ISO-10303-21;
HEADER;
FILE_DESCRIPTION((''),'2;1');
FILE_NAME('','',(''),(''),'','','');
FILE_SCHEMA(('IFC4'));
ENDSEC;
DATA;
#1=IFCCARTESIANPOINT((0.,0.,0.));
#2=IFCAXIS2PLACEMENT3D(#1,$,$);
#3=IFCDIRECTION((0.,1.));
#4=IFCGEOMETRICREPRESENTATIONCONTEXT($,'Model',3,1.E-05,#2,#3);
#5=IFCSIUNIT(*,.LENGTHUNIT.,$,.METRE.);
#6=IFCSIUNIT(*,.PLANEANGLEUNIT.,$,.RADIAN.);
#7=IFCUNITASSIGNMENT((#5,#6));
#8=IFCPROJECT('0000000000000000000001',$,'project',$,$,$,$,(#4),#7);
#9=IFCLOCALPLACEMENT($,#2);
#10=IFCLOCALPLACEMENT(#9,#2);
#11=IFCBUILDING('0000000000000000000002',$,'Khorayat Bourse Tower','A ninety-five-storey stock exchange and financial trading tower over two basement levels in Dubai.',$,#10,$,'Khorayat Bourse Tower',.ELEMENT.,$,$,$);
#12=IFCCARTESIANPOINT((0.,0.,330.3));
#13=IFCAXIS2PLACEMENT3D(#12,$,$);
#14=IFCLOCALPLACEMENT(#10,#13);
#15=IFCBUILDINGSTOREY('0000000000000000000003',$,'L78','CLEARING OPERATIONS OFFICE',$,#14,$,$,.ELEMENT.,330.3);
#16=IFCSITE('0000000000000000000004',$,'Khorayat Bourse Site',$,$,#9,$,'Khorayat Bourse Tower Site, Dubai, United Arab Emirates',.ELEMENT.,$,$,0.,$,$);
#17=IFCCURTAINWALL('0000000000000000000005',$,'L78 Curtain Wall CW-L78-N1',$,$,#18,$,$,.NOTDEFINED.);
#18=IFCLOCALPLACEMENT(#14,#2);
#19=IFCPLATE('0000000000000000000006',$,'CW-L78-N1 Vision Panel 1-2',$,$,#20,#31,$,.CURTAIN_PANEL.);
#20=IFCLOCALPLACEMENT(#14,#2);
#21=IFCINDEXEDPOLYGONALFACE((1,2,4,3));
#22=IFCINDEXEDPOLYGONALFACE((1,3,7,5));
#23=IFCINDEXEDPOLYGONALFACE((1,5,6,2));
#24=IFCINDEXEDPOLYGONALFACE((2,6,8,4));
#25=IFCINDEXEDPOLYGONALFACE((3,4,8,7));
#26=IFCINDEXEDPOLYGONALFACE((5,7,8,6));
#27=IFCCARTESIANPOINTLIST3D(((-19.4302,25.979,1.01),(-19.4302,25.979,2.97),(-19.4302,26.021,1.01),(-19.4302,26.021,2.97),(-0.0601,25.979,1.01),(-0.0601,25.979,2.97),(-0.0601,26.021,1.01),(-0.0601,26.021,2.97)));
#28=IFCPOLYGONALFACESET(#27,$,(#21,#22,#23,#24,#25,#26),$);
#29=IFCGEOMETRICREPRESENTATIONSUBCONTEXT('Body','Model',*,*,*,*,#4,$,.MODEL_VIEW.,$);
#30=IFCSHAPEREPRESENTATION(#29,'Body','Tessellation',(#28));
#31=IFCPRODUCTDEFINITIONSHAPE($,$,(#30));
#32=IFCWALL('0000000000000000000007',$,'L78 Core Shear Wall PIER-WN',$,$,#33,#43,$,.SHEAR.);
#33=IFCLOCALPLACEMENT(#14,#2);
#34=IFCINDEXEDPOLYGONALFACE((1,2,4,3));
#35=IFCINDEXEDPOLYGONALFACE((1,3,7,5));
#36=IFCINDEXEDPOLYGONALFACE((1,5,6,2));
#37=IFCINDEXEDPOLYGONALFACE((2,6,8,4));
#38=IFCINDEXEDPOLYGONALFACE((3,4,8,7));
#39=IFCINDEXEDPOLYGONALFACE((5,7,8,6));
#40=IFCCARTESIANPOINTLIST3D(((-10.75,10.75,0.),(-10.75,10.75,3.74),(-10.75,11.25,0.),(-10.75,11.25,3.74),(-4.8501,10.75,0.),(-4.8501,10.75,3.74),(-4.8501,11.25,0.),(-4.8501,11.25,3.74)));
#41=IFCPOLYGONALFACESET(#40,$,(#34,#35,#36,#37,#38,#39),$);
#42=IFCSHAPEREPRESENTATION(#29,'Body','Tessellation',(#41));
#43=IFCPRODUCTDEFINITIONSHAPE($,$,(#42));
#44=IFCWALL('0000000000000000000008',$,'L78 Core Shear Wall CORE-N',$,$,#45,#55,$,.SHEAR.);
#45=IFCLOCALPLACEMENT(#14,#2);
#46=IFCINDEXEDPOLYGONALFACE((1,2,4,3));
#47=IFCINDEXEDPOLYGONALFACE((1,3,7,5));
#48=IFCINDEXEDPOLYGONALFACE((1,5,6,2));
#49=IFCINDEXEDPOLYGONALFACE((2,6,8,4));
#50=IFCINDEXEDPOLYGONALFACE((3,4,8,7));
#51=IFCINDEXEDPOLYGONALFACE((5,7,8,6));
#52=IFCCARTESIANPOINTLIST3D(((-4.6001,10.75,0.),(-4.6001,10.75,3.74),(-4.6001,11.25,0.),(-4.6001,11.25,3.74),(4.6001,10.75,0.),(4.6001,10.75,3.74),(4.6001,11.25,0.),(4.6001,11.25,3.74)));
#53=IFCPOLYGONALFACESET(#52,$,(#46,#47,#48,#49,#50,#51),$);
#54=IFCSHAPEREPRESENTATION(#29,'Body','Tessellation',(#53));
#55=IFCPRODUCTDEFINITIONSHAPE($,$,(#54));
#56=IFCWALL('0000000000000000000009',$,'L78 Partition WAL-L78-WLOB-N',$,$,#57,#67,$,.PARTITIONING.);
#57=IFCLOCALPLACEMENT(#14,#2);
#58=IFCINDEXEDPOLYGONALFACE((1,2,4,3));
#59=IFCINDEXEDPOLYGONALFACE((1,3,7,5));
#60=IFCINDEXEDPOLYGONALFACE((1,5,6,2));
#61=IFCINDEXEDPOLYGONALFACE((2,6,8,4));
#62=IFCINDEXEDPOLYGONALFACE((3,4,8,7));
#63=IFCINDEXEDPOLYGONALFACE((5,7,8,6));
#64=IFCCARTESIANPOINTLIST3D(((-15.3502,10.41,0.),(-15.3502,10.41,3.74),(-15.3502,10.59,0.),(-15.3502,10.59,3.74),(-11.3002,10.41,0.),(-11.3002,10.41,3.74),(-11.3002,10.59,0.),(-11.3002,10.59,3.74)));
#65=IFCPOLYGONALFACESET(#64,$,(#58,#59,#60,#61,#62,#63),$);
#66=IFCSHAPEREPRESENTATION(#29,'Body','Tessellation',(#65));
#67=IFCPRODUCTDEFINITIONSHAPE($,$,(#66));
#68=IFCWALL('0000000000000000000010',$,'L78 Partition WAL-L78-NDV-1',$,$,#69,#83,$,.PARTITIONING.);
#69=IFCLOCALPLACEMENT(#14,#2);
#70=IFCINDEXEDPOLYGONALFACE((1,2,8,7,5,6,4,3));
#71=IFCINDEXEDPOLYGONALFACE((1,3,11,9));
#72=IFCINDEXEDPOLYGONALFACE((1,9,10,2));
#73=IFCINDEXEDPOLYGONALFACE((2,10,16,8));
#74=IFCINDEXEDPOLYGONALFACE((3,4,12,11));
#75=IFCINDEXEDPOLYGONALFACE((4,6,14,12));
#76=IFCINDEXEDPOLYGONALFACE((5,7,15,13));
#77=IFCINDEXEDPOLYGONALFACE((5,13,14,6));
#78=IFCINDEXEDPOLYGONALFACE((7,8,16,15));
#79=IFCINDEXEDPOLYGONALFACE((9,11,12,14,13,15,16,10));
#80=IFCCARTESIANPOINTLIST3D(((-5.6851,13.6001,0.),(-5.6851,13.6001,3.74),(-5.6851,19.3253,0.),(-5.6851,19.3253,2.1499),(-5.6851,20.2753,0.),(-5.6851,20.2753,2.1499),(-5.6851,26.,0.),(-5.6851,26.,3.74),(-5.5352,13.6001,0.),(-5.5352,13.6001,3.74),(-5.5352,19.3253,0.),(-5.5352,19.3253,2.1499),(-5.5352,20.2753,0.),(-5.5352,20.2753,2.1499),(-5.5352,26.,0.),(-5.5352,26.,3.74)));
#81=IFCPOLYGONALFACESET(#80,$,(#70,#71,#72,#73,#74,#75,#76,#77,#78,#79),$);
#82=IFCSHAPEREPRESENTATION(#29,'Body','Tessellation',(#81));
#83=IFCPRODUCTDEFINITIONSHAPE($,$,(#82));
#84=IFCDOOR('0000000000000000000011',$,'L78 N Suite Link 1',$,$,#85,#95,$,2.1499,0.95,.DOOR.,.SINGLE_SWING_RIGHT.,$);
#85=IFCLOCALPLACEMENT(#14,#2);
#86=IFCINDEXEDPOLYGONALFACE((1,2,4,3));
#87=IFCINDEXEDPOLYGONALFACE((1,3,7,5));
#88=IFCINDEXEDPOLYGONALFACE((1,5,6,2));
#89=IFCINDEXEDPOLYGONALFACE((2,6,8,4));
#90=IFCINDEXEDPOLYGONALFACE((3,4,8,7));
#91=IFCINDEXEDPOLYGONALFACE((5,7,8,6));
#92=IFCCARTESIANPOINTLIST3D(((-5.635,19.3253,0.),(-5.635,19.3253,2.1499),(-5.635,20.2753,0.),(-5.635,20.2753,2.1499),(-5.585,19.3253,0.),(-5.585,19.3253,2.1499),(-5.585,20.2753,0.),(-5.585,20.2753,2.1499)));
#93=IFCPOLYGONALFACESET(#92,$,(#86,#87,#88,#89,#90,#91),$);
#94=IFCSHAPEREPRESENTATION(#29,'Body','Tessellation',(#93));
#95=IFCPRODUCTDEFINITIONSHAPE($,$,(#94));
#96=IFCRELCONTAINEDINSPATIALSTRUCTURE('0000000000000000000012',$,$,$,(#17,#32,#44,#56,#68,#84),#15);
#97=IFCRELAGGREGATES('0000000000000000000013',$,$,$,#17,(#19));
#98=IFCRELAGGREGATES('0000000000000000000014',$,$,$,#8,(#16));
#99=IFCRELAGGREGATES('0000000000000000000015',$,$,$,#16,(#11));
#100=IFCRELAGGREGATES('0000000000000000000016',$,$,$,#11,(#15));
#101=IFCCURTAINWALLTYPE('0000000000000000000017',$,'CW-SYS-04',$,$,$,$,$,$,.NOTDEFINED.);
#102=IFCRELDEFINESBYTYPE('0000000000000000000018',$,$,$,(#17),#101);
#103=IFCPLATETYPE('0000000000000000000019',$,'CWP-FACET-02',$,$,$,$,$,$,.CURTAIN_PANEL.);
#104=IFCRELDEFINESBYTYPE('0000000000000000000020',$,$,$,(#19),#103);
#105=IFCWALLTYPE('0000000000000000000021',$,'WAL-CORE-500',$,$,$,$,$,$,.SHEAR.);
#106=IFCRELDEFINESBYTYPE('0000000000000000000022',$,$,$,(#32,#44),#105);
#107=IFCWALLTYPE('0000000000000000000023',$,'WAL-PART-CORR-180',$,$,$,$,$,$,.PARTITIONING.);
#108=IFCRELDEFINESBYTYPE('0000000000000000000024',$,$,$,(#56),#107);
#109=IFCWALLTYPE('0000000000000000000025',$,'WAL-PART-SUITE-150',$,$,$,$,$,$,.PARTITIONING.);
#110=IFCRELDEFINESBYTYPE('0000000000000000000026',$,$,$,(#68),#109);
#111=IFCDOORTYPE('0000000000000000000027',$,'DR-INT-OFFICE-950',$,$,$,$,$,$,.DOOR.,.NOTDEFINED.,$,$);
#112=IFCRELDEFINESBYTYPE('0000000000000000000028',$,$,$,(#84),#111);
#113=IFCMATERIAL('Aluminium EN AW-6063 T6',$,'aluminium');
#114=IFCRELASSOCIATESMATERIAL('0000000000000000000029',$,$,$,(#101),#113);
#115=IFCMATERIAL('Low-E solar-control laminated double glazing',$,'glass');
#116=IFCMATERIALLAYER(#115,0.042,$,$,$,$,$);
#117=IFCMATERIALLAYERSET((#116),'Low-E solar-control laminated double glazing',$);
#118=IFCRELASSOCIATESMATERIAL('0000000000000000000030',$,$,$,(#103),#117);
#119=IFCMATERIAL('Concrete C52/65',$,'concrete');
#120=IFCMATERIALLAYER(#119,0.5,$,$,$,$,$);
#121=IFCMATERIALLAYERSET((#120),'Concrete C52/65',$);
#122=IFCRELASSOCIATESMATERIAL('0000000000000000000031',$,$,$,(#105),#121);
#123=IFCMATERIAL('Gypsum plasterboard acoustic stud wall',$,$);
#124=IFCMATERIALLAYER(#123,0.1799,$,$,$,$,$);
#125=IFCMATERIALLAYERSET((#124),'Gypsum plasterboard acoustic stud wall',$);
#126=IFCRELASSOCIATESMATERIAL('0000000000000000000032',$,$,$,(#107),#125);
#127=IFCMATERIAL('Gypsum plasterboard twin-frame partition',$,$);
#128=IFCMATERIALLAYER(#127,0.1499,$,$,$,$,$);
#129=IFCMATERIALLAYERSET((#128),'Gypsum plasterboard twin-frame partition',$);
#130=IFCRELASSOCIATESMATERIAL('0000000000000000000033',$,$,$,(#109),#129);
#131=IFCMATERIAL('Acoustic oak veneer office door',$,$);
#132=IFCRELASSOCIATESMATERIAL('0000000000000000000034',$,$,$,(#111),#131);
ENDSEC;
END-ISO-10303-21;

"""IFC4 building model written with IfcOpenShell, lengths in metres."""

from ifc_helpers import new_model, si_unit, direction, frame, frame_2d, origin, origin_2d, place, context, subcontext, project, spatial, rectangle, extrude, source, transform, mapped, material, layer, layer_set, type_object, element, fill, aggregate, save


model = new_model("IFC4")

# Units and contexts
model_context = context("Model", 3, precision=1e-05, world=origin(), true_north=direction((0.0, 1.0)))
body_context = subcontext(model_context, "Body", "Model", "MODEL_VIEW")
ifc_project = project(units=[si_unit("LENGTHUNIT", "METRE"), si_unit("PLANEANGLEUNIT", "RADIAN")], contexts=[model_context])

# Site, building, storey
site_placement = place(None, origin())
site = spatial("IfcSite", under=ifc_project, at=site_placement, Name="Khorayat Bourse Site", LongName="Khorayat Bourse Tower Site, Dubai, United Arab Emirates", CompositionType="ELEMENT", RefElevation=0.0)
building_placement = place(site_placement, origin())
building = spatial("IfcBuilding", under=site, at=building_placement, Name="Khorayat Bourse Tower", Description="A ninety-five-storey stock exchange and financial trading tower over two basement levels in Dubai.", LongName="Khorayat Bourse Tower", CompositionType="ELEMENT")
storey_placement = place(building_placement, frame((0.0, 0.0, 330.3)))
storey = spatial("IfcBuildingStorey", under=building, at=storey_placement, Name="L78", Description="CLEARING OPERATIONS OFFICE", CompositionType="ELEMENT", Elevation=330.3)

# Shared definitions
ifc_material_1 = material(Name="Concrete C52/65", Category="concrete")

# Curtain wall
ifc_material_2 = material(Name="Aluminium EN AW-6063 T6", Category="aluminium")
curtain_wall_type = type_object("IfcCurtainWallType", Name="CW-SYS-04", PredefinedType="NOTDEFINED", material=ifc_material_2)
curtain_wall_placement = place(storey_placement, origin())
curtain_wall = element("IfcCurtainWall", 1, at=curtain_wall_placement, inside=storey, type_object=curtain_wall_type, Name="L78 Curtain Wall CW-L78-N1", PredefinedType="NOTDEFINED")

# Plate
ifc_material_3 = material(Name="Low-E solar-control laminated double glazing", Category="glass")
ifc_layer_1 = layer(ifc_material_3, 0.042)
ifc_layer_set_1 = layer_set([ifc_layer_1], Name="Low-E solar-control laminated double glazing")
plate_type_1 = type_object("IfcPlateType", Name="CWP-FACET-02", PredefinedType="CURTAIN_PANEL", material=ifc_layer_set_1)
shared_shape_1 = source(origin(), body_context, "Body", "SweptSolid", [
    extrude(rectangle(XDim=19.3701, YDim=0.042, at=origin_2d()), origin(), (0.0, 0.0, 1.0), 1.96),
])
plate_1_placement = place(storey_placement, frame((-9.7451, 26.0, 1.01), z_axis=(0.0, 0.0, 1.0), x_axis=(1.0, 0.0, 0.0)))
plate_1 = element("IfcPlate", 2, at=plate_1_placement, type_object=plate_type_1, Name="CW-L78-N1 Vision Panel 1-2", PredefinedType="CURTAIN_PANEL", context=body_context, shape_type="MappedRepresentation", body=[
    mapped(shared_shape_1, transform((0.0, 0.0, 0.0), scale=1.0)),
])
aggregate(curtain_wall, [plate_1])

# Walls
ifc_layer_2 = layer(ifc_material_1, 0.5)
ifc_layer_set_2 = layer_set([ifc_layer_2], Name="Concrete C52/65")
wall_type_1 = type_object("IfcWallType", Name="WAL-CORE-500", PredefinedType="SHEAR", material=ifc_layer_set_2)
shared_shape_2 = source(origin(), body_context, "Body", "SweptSolid", [
    extrude(rectangle(XDim=5.8999, YDim=0.5, at=frame_2d((2.95, 0.0))), origin(), (0.0, 0.0, 1.0), 3.74),
])
wall_1_placement = place(storey_placement, frame((-10.75, 11.0, 0.0), z_axis=(0.0, 0.0, 1.0), x_axis=(1.0, 0.0, 0.0)))
element("IfcWall", 3, at=wall_1_placement, inside=storey, type_object=wall_type_1, Name="L78 Core Shear Wall PIER-WN", PredefinedType="SHEAR", context=body_context, shape_type="MappedRepresentation", body=[
    mapped(shared_shape_2, transform((0.0, 0.0, 0.0), scale=1.0)),
])
shared_shape_3 = source(origin(), body_context, "Body", "SweptSolid", [
    extrude(rectangle(XDim=9.2002, YDim=0.5, at=frame_2d((4.6001, 0.0))), origin(), (0.0, 0.0, 1.0), 3.74),
])
wall_2_placement = place(storey_placement, frame((-4.6001, 11.0, 0.0), z_axis=(0.0, 0.0, 1.0), x_axis=(1.0, 0.0, 0.0)))
element("IfcWall", 4, at=wall_2_placement, inside=storey, type_object=wall_type_1, Name="L78 Core Shear Wall CORE-N", PredefinedType="SHEAR", context=body_context, shape_type="MappedRepresentation", body=[
    mapped(shared_shape_3, transform((0.0, 0.0, 0.0), scale=1.0)),
])
ifc_material_4 = material(Name="Gypsum plasterboard acoustic stud wall")
ifc_layer_3 = layer(ifc_material_4, 0.1799)
ifc_layer_set_3 = layer_set([ifc_layer_3], Name="Gypsum plasterboard acoustic stud wall")
wall_type_2 = type_object("IfcWallType", Name="WAL-PART-CORR-180", PredefinedType="PARTITIONING", material=ifc_layer_set_3)
shared_shape_4 = source(origin(), body_context, "Body", "SweptSolid", [
    extrude(rectangle(XDim=4.05, YDim=0.1799, at=frame_2d((2.0249, 0.0))), origin(), (0.0, 0.0, 1.0), 3.74),
])
wall_3_placement = place(storey_placement, frame((-15.3501, 10.5, 0.0), z_axis=(0.0, 0.0, 1.0), x_axis=(1.0, 0.0, 0.0)))
element("IfcWall", 5, at=wall_3_placement, inside=storey, type_object=wall_type_2, Name="L78 Partition WAL-L78-WLOB-N", PredefinedType="PARTITIONING", context=body_context, shape_type="MappedRepresentation", body=[
    mapped(shared_shape_4, transform((0.0, 0.0, 0.0), scale=1.0)),
])

# Wall, opening, door
ifc_material_5 = material(Name="Gypsum plasterboard twin-frame partition")
ifc_layer_4 = layer(ifc_material_5, 0.1499)
ifc_layer_set_4 = layer_set([ifc_layer_4], Name="Gypsum plasterboard twin-frame partition")
wall_type_3 = type_object("IfcWallType", Name="WAL-PART-SUITE-150", PredefinedType="PARTITIONING", material=ifc_layer_set_4)
shared_shape_5 = source(origin(), body_context, "Body", "SweptSolid", [
    extrude(rectangle(XDim=12.3999, YDim=0.1499, at=frame_2d((6.2, 0.0))), origin(), (0.0, 0.0, 1.0), 3.74),
])
wall_4_placement = place(storey_placement, frame((-5.6101, 13.6001, 0.0), z_axis=(0.0, 0.0, 1.0), x_axis=(0.0, 1.0, 0.0)))
wall_4 = element("IfcWall", 6, at=wall_4_placement, inside=storey, type_object=wall_type_3, Name="L78 Partition WAL-L78-NDV-1", PredefinedType="PARTITIONING", context=body_context, shape_type="MappedRepresentation", body=[
    mapped(shared_shape_5, transform((0.0, 0.0, 0.0), scale=1.0)),
])
shared_shape_6 = source(origin(), body_context, "Body", "SweptSolid", [
    extrude(rectangle(XDim=0.95, YDim=2.1499, at=frame_2d((0.4751, 1.075))), frame((0.0, 0.085, 0.0), z_axis=(0.0, -1.0, 0.0), x_axis=(1.0, 0.0, 0.0)), (0.0, 0.0, 1.0), 0.1699),
])
opening_placement = place(wall_4_placement, frame((5.7251, 0.0, 0.0)))
opening = element("IfcOpeningElement", 7, at=opening_placement, cuts=wall_4, PredefinedType="OPENING", context=body_context, shape_type="MappedRepresentation", body=[
    mapped(shared_shape_6, transform((0.0, 0.0, 0.0), scale=1.0)),
])
ifc_material_6 = material(Name="Acoustic oak veneer office door")
door_type = type_object("IfcDoorType", Name="DR-INT-OFFICE-950", OperationType="NOTDEFINED", PredefinedType="DOOR", material=ifc_material_6)
shared_shape_7 = source(origin(), body_context, "Body", "SweptSolid", [
    extrude(rectangle(XDim=0.95, YDim=2.1499, at=frame_2d((0.4751, 1.075))), frame((0.0, 0.0249, 0.0), z_axis=(0.0, -1.0, 0.0), x_axis=(1.0, 0.0, 0.0)), (0.0, 0.0, 1.0), 0.05),
])
door_placement = place(opening_placement, origin())
door = element("IfcDoor", 8, at=door_placement, inside=storey, type_object=door_type, Name="L78 N Suite Link 1", OperationType="SINGLE_SWING_RIGHT", OverallHeight=2.1499, OverallWidth=0.95, PredefinedType="DOOR", context=body_context, shape_type="MappedRepresentation", body=[
    mapped(shared_shape_7, transform((0.0, 0.0, 0.0), scale=1.0)),
])
fill(opening, door)

save(model, "model.ifc")
